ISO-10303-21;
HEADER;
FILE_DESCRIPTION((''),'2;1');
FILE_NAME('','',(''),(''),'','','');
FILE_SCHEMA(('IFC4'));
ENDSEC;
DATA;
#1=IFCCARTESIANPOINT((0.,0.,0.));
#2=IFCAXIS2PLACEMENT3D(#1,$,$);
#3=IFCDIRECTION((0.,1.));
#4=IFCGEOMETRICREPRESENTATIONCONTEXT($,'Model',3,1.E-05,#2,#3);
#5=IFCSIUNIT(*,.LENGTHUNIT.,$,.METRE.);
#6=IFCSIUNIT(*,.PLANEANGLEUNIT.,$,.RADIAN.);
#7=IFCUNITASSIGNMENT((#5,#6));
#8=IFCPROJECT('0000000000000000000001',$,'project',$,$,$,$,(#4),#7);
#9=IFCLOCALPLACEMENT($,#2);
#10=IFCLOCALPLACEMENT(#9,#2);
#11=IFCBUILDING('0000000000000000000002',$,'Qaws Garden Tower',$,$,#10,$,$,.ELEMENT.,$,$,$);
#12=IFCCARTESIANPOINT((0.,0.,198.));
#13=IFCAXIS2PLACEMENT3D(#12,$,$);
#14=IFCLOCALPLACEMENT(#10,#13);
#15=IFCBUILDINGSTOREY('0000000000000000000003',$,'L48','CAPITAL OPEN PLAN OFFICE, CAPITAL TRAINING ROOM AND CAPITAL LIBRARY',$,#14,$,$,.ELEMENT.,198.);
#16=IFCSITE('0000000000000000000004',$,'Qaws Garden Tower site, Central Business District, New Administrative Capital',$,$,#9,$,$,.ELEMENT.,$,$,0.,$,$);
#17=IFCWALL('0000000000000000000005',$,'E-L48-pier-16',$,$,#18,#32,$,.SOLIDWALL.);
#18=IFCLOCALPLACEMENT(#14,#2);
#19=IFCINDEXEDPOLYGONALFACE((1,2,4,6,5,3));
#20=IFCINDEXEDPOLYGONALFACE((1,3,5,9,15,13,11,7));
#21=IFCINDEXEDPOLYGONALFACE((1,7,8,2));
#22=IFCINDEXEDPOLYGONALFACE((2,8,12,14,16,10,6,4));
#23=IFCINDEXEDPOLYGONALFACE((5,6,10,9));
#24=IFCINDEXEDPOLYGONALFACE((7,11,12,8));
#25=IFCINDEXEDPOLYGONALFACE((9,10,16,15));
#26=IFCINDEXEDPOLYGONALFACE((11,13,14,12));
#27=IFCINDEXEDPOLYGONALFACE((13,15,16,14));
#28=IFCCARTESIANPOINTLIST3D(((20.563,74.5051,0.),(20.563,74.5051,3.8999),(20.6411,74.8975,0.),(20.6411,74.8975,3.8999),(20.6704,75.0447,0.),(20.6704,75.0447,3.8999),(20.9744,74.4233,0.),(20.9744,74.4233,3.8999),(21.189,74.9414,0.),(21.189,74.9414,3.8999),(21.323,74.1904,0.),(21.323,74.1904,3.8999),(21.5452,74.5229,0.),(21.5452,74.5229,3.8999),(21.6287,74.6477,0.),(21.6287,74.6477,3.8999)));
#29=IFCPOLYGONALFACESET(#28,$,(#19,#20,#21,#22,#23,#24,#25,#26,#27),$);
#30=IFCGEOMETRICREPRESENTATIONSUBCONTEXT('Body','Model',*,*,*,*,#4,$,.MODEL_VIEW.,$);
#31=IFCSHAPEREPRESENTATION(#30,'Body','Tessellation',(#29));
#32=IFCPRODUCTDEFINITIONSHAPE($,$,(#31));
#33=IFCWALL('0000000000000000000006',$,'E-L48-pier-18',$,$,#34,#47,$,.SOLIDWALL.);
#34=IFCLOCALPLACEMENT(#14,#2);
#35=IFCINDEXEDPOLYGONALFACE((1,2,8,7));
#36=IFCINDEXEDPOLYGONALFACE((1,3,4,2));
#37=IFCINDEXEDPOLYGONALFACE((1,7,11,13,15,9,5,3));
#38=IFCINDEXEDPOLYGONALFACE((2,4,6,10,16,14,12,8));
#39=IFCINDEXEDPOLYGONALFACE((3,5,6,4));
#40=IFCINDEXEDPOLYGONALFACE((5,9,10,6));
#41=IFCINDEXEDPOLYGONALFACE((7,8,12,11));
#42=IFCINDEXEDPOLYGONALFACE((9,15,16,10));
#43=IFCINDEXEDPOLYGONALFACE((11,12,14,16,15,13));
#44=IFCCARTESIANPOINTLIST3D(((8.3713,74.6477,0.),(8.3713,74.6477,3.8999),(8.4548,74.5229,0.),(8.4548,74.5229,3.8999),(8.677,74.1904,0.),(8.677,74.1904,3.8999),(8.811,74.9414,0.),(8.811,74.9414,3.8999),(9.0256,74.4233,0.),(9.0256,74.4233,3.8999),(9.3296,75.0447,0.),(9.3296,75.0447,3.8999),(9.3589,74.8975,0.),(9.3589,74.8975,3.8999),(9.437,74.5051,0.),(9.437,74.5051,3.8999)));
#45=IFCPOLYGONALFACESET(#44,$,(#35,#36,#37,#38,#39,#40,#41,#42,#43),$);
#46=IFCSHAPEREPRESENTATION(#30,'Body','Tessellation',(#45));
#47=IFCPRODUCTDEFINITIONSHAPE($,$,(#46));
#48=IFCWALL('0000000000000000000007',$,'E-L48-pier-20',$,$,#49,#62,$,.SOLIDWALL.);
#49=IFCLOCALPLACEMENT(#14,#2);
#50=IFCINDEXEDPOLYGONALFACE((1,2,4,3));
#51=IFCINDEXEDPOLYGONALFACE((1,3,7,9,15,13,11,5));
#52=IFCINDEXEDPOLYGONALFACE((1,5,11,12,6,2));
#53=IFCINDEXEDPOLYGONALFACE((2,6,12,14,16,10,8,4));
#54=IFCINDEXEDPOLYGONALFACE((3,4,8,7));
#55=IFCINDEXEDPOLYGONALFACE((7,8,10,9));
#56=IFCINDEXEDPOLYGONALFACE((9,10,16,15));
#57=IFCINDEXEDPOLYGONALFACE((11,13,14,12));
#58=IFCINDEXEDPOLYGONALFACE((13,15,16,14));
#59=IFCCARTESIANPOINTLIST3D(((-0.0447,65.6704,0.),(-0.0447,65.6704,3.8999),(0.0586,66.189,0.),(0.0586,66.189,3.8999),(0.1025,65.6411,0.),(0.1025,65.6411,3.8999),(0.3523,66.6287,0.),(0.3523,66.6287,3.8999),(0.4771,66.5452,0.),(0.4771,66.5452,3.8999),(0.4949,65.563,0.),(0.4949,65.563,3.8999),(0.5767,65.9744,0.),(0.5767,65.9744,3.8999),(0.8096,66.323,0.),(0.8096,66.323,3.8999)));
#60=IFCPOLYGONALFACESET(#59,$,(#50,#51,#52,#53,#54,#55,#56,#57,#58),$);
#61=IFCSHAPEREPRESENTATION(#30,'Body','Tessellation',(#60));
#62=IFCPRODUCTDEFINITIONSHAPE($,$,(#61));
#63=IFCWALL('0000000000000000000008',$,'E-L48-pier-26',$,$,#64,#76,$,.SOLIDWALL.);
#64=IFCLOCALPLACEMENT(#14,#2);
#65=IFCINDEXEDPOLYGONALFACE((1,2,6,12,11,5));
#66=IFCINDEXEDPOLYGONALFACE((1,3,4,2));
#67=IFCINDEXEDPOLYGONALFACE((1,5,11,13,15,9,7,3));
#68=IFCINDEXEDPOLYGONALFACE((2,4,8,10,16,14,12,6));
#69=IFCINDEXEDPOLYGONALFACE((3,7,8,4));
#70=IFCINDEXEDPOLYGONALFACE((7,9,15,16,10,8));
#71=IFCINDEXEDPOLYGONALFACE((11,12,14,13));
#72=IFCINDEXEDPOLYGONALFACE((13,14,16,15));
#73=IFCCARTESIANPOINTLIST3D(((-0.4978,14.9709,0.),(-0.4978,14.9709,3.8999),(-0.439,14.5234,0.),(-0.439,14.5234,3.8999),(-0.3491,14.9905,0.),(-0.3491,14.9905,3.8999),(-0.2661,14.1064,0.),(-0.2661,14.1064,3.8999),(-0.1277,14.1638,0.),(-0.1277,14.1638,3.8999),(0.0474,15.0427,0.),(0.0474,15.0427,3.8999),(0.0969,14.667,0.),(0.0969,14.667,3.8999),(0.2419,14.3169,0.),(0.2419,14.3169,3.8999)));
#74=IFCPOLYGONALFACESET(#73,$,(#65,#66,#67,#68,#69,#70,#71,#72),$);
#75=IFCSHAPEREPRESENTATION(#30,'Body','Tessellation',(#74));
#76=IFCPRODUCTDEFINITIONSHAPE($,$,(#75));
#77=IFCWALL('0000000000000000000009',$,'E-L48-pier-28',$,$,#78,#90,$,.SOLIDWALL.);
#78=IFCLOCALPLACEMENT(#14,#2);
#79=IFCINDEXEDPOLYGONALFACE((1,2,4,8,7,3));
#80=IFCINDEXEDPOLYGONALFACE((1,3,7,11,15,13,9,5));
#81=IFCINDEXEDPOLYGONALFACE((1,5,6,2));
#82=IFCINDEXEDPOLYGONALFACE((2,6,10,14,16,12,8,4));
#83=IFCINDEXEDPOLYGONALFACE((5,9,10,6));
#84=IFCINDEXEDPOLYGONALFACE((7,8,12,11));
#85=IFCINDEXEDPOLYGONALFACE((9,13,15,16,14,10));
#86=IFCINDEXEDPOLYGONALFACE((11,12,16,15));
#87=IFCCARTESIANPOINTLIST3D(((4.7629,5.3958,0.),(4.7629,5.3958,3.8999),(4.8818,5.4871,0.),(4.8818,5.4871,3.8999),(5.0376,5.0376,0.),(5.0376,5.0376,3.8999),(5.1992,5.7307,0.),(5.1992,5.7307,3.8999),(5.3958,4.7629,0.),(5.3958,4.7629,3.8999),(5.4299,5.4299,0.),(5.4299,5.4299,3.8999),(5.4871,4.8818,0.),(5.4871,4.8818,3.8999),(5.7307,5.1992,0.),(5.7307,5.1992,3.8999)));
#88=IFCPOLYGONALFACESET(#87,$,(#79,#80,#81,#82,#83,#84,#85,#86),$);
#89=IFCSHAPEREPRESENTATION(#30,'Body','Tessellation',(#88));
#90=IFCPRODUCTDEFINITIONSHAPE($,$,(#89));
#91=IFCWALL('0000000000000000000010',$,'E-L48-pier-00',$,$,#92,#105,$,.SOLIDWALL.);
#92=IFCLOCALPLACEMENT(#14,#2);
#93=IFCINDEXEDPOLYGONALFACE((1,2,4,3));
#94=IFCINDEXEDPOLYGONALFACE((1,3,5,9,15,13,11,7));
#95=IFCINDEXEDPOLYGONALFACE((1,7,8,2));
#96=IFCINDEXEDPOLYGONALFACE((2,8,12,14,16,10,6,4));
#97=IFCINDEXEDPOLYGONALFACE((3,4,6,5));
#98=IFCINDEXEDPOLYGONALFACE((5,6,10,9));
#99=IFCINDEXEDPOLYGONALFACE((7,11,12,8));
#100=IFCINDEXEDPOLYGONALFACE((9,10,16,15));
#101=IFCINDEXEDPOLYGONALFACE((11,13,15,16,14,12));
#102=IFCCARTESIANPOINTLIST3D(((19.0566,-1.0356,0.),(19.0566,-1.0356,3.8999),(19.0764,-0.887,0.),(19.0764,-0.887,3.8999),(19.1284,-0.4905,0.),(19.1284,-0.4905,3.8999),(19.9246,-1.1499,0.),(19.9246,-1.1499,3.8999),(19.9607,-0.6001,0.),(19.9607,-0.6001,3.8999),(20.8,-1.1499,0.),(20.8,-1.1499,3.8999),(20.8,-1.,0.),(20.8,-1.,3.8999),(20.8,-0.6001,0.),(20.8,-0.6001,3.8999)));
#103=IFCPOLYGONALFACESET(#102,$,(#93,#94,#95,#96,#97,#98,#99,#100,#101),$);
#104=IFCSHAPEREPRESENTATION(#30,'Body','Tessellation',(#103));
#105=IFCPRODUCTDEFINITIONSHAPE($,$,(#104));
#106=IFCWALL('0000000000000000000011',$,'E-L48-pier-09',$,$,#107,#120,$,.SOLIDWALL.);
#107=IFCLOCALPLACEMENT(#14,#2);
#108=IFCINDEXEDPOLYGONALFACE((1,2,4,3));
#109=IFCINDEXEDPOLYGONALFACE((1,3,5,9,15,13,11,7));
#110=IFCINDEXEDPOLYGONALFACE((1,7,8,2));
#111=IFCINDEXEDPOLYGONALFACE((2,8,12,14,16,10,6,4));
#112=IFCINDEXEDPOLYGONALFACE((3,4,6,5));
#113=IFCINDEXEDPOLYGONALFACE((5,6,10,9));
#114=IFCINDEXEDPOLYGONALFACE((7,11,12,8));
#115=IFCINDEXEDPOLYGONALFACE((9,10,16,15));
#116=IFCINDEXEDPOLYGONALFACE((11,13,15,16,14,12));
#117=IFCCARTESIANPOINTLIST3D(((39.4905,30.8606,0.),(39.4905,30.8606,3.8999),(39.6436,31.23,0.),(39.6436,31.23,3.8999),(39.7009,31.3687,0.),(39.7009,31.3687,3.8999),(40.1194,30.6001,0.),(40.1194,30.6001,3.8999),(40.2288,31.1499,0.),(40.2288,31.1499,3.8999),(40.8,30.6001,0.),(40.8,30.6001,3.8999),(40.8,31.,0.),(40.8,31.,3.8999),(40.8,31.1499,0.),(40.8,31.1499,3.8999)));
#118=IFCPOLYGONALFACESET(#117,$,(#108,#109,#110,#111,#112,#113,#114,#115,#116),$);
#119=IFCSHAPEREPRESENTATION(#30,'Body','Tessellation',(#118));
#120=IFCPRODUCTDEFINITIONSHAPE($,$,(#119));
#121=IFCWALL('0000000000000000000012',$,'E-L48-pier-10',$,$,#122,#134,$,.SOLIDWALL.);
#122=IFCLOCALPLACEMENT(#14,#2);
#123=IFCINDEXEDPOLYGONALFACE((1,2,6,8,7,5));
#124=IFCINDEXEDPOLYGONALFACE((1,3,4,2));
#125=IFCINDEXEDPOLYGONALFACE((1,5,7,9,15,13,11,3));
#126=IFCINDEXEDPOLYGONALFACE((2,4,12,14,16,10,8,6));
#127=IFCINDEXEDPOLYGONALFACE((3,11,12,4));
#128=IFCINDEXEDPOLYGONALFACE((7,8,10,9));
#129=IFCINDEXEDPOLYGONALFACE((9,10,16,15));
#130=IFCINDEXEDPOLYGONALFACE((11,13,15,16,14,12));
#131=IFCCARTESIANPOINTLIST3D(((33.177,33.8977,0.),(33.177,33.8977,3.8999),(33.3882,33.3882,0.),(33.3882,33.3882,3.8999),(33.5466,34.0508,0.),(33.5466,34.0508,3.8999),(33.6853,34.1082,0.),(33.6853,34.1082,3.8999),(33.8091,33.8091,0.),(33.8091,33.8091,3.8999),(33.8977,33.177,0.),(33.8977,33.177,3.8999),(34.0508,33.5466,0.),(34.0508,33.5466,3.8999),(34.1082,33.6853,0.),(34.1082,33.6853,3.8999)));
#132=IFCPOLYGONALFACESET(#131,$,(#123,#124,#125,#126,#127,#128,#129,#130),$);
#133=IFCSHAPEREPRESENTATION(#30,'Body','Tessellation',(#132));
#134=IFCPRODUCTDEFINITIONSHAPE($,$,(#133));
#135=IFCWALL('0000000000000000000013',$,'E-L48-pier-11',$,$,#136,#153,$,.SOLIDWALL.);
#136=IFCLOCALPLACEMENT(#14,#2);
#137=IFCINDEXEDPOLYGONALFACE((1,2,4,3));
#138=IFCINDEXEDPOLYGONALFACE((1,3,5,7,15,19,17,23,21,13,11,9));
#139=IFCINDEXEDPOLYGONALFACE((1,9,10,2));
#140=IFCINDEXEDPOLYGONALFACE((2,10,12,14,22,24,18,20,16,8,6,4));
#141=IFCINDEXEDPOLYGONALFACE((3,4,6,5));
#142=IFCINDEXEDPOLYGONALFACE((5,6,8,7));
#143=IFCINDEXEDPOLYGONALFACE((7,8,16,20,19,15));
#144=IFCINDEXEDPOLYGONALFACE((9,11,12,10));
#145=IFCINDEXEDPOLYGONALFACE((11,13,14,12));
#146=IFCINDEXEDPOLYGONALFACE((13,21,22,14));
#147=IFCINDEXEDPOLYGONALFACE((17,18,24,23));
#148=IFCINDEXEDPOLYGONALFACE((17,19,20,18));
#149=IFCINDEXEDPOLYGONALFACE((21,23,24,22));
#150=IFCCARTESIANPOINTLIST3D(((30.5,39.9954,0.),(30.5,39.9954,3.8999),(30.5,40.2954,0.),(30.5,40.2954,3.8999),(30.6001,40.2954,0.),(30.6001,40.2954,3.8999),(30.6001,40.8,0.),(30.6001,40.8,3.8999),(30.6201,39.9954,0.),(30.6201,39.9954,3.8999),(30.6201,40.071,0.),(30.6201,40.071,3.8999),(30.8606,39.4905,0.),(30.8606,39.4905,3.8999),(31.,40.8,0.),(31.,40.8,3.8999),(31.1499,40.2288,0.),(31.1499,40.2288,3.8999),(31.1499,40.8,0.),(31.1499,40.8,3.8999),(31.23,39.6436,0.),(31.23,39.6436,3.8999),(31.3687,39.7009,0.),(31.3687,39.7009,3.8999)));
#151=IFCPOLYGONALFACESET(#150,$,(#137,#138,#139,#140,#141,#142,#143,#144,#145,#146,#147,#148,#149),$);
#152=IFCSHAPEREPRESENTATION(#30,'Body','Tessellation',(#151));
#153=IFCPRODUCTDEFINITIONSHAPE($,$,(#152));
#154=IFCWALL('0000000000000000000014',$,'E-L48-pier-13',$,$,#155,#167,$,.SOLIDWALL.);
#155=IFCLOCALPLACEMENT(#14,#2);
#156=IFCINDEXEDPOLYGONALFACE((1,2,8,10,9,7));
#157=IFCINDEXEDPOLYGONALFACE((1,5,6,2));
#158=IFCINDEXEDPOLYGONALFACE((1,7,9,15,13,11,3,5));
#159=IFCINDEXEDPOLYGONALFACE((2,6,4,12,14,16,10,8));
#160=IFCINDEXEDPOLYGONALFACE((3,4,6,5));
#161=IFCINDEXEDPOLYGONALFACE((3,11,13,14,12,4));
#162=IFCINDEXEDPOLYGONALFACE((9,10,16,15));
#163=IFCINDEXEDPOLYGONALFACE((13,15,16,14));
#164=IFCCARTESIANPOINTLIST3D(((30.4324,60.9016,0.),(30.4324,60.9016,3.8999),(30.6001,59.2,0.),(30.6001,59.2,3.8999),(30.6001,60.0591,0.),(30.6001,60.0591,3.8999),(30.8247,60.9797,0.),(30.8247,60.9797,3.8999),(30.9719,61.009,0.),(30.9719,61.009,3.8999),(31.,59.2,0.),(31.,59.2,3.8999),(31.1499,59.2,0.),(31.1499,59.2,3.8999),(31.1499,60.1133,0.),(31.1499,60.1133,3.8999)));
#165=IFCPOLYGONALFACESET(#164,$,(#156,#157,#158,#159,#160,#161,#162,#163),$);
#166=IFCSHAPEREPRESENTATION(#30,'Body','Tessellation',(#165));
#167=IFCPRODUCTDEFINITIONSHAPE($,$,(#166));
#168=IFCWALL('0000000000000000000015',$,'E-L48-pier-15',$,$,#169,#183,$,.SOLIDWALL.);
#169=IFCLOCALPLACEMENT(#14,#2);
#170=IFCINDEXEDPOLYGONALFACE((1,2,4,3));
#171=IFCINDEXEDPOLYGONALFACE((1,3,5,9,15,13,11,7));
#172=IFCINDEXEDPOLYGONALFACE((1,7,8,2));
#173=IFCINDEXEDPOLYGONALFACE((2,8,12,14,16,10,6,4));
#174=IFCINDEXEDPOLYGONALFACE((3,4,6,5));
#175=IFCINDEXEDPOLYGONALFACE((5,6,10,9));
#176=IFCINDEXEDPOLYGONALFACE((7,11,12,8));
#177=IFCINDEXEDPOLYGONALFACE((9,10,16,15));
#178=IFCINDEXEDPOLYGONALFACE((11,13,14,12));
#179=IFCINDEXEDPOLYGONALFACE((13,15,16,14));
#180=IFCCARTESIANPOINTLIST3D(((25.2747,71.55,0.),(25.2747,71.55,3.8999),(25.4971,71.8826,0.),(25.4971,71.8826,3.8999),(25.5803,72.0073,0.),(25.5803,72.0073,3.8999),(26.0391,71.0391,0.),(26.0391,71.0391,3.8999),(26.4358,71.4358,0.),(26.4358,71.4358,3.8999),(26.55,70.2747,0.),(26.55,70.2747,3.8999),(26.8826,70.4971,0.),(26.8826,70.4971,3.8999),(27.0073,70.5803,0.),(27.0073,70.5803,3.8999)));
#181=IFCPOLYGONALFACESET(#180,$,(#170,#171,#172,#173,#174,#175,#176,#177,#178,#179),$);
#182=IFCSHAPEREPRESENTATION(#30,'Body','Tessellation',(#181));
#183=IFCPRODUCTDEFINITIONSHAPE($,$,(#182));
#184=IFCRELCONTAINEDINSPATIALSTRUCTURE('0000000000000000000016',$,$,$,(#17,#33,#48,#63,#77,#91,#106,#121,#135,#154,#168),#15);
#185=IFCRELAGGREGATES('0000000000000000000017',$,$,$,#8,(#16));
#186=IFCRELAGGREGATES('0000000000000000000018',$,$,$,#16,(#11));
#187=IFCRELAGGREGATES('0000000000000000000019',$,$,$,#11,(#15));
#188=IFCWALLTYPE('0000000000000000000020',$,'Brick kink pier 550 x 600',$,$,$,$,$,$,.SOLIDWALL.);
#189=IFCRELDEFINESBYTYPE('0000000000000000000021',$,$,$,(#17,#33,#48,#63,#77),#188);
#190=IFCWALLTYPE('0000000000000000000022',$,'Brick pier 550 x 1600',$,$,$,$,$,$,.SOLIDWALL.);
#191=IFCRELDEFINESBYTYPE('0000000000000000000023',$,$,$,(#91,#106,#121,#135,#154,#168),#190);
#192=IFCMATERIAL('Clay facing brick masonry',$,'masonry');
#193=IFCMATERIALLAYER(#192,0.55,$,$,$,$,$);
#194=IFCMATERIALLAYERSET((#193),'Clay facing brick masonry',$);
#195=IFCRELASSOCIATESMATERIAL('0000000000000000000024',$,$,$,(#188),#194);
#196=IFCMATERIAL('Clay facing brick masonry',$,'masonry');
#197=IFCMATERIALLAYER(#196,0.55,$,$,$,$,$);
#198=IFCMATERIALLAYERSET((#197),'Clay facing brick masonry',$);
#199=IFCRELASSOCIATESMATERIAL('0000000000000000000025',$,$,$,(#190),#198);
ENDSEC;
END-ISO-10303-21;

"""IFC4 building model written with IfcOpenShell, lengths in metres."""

from ifc_helpers import new_model, si_unit, direction, frame, origin, place, context, subcontext, project, spatial, polyline, outline, extrude, material, layer, layer_set, type_object, element, save


model = new_model("IFC4")

# Units and contexts
model_context = context("Model", 3, precision=1e-05, world=origin(), true_north=direction((0.0, 1.0)))
body_context = subcontext(model_context, "Body", "Model", "MODEL_VIEW")
ifc_project = project(units=[si_unit("LENGTHUNIT", "METRE"), si_unit("PLANEANGLEUNIT", "RADIAN")], contexts=[model_context])

# Site, building, storey
site_placement = place(None, origin())
site = spatial("IfcSite", under=ifc_project, at=site_placement, Name="Qaws Garden Tower site, Central Business District, New Administrative Capital", CompositionType="ELEMENT", RefElevation=0.0)
building_placement = place(site_placement, origin())
building = spatial("IfcBuilding", under=site, at=building_placement, Name="Qaws Garden Tower", CompositionType="ELEMENT")
storey_placement = place(building_placement, frame((0.0, 0.0, 198.0)))
storey = spatial("IfcBuildingStorey", under=building, at=storey_placement, Name="L48", Description="CAPITAL OPEN PLAN OFFICE, CAPITAL TRAINING ROOM AND CAPITAL LIBRARY", CompositionType="ELEMENT", Elevation=198.0)

# Walls
placement = place(storey_placement, origin())
ifc_material_1 = material(Name="Clay facing brick masonry", Category="masonry")
ifc_layer_1 = layer(ifc_material_1, 0.55)
ifc_layer_set_1 = layer_set([ifc_layer_1], Name="Clay facing brick masonry")
wall_type_1 = type_object("IfcWallType", Name="Brick kink pier 550 x 600", PredefinedType="SOLIDWALL", material=ifc_layer_set_1)
element("IfcWall", 1, at=placement, inside=storey, type_object=wall_type_1, Name="E-L48-pier-16", PredefinedType="SOLIDWALL", context=body_context, shape_type="SweptSolid", body=[
    extrude(outline(polyline([(21.5452, 74.5229), (21.6287, 74.6477), (21.189, 74.9414), (20.6704, 75.0447), (20.6411, 74.8975), (20.563, 74.5051), (20.9744, 74.4233), (21.323, 74.1904), (21.5452, 74.5229)])), origin(), (0.0, 0.0, 1.0), 3.8999),
])
element("IfcWall", 2, at=placement, inside=storey, type_object=wall_type_1, Name="E-L48-pier-18", PredefinedType="SOLIDWALL", context=body_context, shape_type="SweptSolid", body=[
    extrude(outline(polyline([(9.3589, 74.8975), (9.3296, 75.0447), (8.811, 74.9414), (8.3713, 74.6477), (8.4548, 74.5229), (8.677, 74.1904), (9.0256, 74.4233), (9.437, 74.5051), (9.3589, 74.8975)])), origin(), (0.0, 0.0, 1.0), 3.8999),
])
element("IfcWall", 3, at=placement, inside=storey, type_object=wall_type_1, Name="E-L48-pier-20", PredefinedType="SOLIDWALL", context=body_context, shape_type="SweptSolid", body=[
    extrude(outline(polyline([(0.4771, 66.5452), (0.3523, 66.6287), (0.0586, 66.189), (-0.0447, 65.6704), (0.1025, 65.6411), (0.4949, 65.563), (0.5767, 65.9744), (0.8096, 66.323), (0.4771, 66.5452)])), origin(), (0.0, 0.0, 1.0), 3.8999),
])
element("IfcWall", 4, at=placement, inside=storey, type_object=wall_type_1, Name="E-L48-pier-26", PredefinedType="SOLIDWALL", context=body_context, shape_type="SweptSolid", body=[
    extrude(outline(polyline([(-0.3491, 14.9905), (-0.4978, 14.9709), (-0.439, 14.5234), (-0.2661, 14.1064), (-0.1277, 14.1638), (0.2419, 14.3169), (0.0969, 14.667), (0.0474, 15.0427), (-0.3491, 14.9905)])), origin(), (0.0, 0.0, 1.0), 3.8999),
])
element("IfcWall", 5, at=placement, inside=storey, type_object=wall_type_1, Name="E-L48-pier-28", PredefinedType="SOLIDWALL", context=body_context, shape_type="SweptSolid", body=[
    extrude(outline(polyline([(4.8818, 5.4871), (4.7629, 5.3958), (5.0376, 5.0376), (5.3958, 4.7629), (5.4871, 4.8818), (5.7307, 5.1992), (5.4299, 5.4299), (5.1992, 5.7307), (4.8818, 5.4871)])), origin(), (0.0, 0.0, 1.0), 3.8999),
])
ifc_material_2 = material(Name="Clay facing brick masonry", Category="masonry")
ifc_layer_2 = layer(ifc_material_2, 0.55)
ifc_layer_set_2 = layer_set([ifc_layer_2], Name="Clay facing brick masonry")
wall_type_2 = type_object("IfcWallType", Name="Brick pier 550 x 1600", PredefinedType="SOLIDWALL", material=ifc_layer_set_2)
element("IfcWall", 6, at=placement, inside=storey, type_object=wall_type_2, Name="E-L48-pier-00", PredefinedType="SOLIDWALL", context=body_context, shape_type="SweptSolid", body=[
    extrude(outline(polyline([(19.0764, -0.887), (19.0566, -1.0356), (19.9246, -1.1499), (20.8, -1.1499), (20.8, -1.0), (20.8, -0.6001), (19.9607, -0.6001), (19.1284, -0.4905), (19.0764, -0.887)])), origin(), (0.0, 0.0, 1.0), 3.8999),
])
element("IfcWall", 7, at=placement, inside=storey, type_object=wall_type_2, Name="E-L48-pier-09", PredefinedType="SOLIDWALL", context=body_context, shape_type="SweptSolid", body=[
    extrude(outline(polyline([(40.8, 31.0), (40.8, 31.1499), (40.2288, 31.1499), (39.7009, 31.3687), (39.6436, 31.23), (39.4905, 30.8606), (40.1194, 30.6001), (40.8, 30.6001), (40.8, 31.0)])), origin(), (0.0, 0.0, 1.0), 3.8999),
])
element("IfcWall", 8, at=placement, inside=storey, type_object=wall_type_2, Name="E-L48-pier-10", PredefinedType="SOLIDWALL", context=body_context, shape_type="SweptSolid", body=[
    extrude(outline(polyline([(34.0508, 33.5466), (34.1082, 33.6853), (33.8091, 33.8091), (33.6853, 34.1082), (33.5466, 34.0508), (33.177, 33.8977), (33.3882, 33.3882), (33.8977, 33.177), (34.0508, 33.5466)])), origin(), (0.0, 0.0, 1.0), 3.8999),
])
element("IfcWall", 9, at=placement, inside=storey, type_object=wall_type_2, Name="E-L48-pier-11", PredefinedType="SOLIDWALL", context=body_context, shape_type="SweptSolid", body=[
    extrude(outline(polyline([(30.6201, 39.9954), (30.6201, 40.071), (30.8606, 39.4905), (31.23, 39.6436), (31.3687, 39.7009), (31.1499, 40.2288), (31.1499, 40.8), (31.0, 40.8), (30.6001, 40.8), (30.6001, 40.2954), (30.5, 40.2954), (30.5, 39.9954), (30.6201, 39.9954)])), origin(), (0.0, 0.0, 1.0), 3.8999),
])
element("IfcWall", 10, at=placement, inside=storey, type_object=wall_type_2, Name="E-L48-pier-13", PredefinedType="SOLIDWALL", context=body_context, shape_type="SweptSolid", body=[
    extrude(outline(polyline([(31.0, 59.2), (31.1499, 59.2), (31.1499, 60.1133), (30.9719, 61.009), (30.8247, 60.9797), (30.4324, 60.9016), (30.6001, 60.0591), (30.6001, 59.2), (31.0, 59.2)])), origin(), (0.0, 0.0, 1.0), 3.8999),
])
element("IfcWall", 11, at=placement, inside=storey, type_object=wall_type_2, Name="E-L48-pier-15", PredefinedType="SOLIDWALL", context=body_context, shape_type="SweptSolid", body=[
    extrude(outline(polyline([(26.8826, 70.4971), (27.0073, 70.5803), (26.4358, 71.4358), (25.5803, 72.0073), (25.4971, 71.8826), (25.2747, 71.55), (26.0391, 71.0391), (26.55, 70.2747), (26.8826, 70.4971)])), origin(), (0.0, 0.0, 1.0), 3.8999),
])

save(model, "model.ifc")
